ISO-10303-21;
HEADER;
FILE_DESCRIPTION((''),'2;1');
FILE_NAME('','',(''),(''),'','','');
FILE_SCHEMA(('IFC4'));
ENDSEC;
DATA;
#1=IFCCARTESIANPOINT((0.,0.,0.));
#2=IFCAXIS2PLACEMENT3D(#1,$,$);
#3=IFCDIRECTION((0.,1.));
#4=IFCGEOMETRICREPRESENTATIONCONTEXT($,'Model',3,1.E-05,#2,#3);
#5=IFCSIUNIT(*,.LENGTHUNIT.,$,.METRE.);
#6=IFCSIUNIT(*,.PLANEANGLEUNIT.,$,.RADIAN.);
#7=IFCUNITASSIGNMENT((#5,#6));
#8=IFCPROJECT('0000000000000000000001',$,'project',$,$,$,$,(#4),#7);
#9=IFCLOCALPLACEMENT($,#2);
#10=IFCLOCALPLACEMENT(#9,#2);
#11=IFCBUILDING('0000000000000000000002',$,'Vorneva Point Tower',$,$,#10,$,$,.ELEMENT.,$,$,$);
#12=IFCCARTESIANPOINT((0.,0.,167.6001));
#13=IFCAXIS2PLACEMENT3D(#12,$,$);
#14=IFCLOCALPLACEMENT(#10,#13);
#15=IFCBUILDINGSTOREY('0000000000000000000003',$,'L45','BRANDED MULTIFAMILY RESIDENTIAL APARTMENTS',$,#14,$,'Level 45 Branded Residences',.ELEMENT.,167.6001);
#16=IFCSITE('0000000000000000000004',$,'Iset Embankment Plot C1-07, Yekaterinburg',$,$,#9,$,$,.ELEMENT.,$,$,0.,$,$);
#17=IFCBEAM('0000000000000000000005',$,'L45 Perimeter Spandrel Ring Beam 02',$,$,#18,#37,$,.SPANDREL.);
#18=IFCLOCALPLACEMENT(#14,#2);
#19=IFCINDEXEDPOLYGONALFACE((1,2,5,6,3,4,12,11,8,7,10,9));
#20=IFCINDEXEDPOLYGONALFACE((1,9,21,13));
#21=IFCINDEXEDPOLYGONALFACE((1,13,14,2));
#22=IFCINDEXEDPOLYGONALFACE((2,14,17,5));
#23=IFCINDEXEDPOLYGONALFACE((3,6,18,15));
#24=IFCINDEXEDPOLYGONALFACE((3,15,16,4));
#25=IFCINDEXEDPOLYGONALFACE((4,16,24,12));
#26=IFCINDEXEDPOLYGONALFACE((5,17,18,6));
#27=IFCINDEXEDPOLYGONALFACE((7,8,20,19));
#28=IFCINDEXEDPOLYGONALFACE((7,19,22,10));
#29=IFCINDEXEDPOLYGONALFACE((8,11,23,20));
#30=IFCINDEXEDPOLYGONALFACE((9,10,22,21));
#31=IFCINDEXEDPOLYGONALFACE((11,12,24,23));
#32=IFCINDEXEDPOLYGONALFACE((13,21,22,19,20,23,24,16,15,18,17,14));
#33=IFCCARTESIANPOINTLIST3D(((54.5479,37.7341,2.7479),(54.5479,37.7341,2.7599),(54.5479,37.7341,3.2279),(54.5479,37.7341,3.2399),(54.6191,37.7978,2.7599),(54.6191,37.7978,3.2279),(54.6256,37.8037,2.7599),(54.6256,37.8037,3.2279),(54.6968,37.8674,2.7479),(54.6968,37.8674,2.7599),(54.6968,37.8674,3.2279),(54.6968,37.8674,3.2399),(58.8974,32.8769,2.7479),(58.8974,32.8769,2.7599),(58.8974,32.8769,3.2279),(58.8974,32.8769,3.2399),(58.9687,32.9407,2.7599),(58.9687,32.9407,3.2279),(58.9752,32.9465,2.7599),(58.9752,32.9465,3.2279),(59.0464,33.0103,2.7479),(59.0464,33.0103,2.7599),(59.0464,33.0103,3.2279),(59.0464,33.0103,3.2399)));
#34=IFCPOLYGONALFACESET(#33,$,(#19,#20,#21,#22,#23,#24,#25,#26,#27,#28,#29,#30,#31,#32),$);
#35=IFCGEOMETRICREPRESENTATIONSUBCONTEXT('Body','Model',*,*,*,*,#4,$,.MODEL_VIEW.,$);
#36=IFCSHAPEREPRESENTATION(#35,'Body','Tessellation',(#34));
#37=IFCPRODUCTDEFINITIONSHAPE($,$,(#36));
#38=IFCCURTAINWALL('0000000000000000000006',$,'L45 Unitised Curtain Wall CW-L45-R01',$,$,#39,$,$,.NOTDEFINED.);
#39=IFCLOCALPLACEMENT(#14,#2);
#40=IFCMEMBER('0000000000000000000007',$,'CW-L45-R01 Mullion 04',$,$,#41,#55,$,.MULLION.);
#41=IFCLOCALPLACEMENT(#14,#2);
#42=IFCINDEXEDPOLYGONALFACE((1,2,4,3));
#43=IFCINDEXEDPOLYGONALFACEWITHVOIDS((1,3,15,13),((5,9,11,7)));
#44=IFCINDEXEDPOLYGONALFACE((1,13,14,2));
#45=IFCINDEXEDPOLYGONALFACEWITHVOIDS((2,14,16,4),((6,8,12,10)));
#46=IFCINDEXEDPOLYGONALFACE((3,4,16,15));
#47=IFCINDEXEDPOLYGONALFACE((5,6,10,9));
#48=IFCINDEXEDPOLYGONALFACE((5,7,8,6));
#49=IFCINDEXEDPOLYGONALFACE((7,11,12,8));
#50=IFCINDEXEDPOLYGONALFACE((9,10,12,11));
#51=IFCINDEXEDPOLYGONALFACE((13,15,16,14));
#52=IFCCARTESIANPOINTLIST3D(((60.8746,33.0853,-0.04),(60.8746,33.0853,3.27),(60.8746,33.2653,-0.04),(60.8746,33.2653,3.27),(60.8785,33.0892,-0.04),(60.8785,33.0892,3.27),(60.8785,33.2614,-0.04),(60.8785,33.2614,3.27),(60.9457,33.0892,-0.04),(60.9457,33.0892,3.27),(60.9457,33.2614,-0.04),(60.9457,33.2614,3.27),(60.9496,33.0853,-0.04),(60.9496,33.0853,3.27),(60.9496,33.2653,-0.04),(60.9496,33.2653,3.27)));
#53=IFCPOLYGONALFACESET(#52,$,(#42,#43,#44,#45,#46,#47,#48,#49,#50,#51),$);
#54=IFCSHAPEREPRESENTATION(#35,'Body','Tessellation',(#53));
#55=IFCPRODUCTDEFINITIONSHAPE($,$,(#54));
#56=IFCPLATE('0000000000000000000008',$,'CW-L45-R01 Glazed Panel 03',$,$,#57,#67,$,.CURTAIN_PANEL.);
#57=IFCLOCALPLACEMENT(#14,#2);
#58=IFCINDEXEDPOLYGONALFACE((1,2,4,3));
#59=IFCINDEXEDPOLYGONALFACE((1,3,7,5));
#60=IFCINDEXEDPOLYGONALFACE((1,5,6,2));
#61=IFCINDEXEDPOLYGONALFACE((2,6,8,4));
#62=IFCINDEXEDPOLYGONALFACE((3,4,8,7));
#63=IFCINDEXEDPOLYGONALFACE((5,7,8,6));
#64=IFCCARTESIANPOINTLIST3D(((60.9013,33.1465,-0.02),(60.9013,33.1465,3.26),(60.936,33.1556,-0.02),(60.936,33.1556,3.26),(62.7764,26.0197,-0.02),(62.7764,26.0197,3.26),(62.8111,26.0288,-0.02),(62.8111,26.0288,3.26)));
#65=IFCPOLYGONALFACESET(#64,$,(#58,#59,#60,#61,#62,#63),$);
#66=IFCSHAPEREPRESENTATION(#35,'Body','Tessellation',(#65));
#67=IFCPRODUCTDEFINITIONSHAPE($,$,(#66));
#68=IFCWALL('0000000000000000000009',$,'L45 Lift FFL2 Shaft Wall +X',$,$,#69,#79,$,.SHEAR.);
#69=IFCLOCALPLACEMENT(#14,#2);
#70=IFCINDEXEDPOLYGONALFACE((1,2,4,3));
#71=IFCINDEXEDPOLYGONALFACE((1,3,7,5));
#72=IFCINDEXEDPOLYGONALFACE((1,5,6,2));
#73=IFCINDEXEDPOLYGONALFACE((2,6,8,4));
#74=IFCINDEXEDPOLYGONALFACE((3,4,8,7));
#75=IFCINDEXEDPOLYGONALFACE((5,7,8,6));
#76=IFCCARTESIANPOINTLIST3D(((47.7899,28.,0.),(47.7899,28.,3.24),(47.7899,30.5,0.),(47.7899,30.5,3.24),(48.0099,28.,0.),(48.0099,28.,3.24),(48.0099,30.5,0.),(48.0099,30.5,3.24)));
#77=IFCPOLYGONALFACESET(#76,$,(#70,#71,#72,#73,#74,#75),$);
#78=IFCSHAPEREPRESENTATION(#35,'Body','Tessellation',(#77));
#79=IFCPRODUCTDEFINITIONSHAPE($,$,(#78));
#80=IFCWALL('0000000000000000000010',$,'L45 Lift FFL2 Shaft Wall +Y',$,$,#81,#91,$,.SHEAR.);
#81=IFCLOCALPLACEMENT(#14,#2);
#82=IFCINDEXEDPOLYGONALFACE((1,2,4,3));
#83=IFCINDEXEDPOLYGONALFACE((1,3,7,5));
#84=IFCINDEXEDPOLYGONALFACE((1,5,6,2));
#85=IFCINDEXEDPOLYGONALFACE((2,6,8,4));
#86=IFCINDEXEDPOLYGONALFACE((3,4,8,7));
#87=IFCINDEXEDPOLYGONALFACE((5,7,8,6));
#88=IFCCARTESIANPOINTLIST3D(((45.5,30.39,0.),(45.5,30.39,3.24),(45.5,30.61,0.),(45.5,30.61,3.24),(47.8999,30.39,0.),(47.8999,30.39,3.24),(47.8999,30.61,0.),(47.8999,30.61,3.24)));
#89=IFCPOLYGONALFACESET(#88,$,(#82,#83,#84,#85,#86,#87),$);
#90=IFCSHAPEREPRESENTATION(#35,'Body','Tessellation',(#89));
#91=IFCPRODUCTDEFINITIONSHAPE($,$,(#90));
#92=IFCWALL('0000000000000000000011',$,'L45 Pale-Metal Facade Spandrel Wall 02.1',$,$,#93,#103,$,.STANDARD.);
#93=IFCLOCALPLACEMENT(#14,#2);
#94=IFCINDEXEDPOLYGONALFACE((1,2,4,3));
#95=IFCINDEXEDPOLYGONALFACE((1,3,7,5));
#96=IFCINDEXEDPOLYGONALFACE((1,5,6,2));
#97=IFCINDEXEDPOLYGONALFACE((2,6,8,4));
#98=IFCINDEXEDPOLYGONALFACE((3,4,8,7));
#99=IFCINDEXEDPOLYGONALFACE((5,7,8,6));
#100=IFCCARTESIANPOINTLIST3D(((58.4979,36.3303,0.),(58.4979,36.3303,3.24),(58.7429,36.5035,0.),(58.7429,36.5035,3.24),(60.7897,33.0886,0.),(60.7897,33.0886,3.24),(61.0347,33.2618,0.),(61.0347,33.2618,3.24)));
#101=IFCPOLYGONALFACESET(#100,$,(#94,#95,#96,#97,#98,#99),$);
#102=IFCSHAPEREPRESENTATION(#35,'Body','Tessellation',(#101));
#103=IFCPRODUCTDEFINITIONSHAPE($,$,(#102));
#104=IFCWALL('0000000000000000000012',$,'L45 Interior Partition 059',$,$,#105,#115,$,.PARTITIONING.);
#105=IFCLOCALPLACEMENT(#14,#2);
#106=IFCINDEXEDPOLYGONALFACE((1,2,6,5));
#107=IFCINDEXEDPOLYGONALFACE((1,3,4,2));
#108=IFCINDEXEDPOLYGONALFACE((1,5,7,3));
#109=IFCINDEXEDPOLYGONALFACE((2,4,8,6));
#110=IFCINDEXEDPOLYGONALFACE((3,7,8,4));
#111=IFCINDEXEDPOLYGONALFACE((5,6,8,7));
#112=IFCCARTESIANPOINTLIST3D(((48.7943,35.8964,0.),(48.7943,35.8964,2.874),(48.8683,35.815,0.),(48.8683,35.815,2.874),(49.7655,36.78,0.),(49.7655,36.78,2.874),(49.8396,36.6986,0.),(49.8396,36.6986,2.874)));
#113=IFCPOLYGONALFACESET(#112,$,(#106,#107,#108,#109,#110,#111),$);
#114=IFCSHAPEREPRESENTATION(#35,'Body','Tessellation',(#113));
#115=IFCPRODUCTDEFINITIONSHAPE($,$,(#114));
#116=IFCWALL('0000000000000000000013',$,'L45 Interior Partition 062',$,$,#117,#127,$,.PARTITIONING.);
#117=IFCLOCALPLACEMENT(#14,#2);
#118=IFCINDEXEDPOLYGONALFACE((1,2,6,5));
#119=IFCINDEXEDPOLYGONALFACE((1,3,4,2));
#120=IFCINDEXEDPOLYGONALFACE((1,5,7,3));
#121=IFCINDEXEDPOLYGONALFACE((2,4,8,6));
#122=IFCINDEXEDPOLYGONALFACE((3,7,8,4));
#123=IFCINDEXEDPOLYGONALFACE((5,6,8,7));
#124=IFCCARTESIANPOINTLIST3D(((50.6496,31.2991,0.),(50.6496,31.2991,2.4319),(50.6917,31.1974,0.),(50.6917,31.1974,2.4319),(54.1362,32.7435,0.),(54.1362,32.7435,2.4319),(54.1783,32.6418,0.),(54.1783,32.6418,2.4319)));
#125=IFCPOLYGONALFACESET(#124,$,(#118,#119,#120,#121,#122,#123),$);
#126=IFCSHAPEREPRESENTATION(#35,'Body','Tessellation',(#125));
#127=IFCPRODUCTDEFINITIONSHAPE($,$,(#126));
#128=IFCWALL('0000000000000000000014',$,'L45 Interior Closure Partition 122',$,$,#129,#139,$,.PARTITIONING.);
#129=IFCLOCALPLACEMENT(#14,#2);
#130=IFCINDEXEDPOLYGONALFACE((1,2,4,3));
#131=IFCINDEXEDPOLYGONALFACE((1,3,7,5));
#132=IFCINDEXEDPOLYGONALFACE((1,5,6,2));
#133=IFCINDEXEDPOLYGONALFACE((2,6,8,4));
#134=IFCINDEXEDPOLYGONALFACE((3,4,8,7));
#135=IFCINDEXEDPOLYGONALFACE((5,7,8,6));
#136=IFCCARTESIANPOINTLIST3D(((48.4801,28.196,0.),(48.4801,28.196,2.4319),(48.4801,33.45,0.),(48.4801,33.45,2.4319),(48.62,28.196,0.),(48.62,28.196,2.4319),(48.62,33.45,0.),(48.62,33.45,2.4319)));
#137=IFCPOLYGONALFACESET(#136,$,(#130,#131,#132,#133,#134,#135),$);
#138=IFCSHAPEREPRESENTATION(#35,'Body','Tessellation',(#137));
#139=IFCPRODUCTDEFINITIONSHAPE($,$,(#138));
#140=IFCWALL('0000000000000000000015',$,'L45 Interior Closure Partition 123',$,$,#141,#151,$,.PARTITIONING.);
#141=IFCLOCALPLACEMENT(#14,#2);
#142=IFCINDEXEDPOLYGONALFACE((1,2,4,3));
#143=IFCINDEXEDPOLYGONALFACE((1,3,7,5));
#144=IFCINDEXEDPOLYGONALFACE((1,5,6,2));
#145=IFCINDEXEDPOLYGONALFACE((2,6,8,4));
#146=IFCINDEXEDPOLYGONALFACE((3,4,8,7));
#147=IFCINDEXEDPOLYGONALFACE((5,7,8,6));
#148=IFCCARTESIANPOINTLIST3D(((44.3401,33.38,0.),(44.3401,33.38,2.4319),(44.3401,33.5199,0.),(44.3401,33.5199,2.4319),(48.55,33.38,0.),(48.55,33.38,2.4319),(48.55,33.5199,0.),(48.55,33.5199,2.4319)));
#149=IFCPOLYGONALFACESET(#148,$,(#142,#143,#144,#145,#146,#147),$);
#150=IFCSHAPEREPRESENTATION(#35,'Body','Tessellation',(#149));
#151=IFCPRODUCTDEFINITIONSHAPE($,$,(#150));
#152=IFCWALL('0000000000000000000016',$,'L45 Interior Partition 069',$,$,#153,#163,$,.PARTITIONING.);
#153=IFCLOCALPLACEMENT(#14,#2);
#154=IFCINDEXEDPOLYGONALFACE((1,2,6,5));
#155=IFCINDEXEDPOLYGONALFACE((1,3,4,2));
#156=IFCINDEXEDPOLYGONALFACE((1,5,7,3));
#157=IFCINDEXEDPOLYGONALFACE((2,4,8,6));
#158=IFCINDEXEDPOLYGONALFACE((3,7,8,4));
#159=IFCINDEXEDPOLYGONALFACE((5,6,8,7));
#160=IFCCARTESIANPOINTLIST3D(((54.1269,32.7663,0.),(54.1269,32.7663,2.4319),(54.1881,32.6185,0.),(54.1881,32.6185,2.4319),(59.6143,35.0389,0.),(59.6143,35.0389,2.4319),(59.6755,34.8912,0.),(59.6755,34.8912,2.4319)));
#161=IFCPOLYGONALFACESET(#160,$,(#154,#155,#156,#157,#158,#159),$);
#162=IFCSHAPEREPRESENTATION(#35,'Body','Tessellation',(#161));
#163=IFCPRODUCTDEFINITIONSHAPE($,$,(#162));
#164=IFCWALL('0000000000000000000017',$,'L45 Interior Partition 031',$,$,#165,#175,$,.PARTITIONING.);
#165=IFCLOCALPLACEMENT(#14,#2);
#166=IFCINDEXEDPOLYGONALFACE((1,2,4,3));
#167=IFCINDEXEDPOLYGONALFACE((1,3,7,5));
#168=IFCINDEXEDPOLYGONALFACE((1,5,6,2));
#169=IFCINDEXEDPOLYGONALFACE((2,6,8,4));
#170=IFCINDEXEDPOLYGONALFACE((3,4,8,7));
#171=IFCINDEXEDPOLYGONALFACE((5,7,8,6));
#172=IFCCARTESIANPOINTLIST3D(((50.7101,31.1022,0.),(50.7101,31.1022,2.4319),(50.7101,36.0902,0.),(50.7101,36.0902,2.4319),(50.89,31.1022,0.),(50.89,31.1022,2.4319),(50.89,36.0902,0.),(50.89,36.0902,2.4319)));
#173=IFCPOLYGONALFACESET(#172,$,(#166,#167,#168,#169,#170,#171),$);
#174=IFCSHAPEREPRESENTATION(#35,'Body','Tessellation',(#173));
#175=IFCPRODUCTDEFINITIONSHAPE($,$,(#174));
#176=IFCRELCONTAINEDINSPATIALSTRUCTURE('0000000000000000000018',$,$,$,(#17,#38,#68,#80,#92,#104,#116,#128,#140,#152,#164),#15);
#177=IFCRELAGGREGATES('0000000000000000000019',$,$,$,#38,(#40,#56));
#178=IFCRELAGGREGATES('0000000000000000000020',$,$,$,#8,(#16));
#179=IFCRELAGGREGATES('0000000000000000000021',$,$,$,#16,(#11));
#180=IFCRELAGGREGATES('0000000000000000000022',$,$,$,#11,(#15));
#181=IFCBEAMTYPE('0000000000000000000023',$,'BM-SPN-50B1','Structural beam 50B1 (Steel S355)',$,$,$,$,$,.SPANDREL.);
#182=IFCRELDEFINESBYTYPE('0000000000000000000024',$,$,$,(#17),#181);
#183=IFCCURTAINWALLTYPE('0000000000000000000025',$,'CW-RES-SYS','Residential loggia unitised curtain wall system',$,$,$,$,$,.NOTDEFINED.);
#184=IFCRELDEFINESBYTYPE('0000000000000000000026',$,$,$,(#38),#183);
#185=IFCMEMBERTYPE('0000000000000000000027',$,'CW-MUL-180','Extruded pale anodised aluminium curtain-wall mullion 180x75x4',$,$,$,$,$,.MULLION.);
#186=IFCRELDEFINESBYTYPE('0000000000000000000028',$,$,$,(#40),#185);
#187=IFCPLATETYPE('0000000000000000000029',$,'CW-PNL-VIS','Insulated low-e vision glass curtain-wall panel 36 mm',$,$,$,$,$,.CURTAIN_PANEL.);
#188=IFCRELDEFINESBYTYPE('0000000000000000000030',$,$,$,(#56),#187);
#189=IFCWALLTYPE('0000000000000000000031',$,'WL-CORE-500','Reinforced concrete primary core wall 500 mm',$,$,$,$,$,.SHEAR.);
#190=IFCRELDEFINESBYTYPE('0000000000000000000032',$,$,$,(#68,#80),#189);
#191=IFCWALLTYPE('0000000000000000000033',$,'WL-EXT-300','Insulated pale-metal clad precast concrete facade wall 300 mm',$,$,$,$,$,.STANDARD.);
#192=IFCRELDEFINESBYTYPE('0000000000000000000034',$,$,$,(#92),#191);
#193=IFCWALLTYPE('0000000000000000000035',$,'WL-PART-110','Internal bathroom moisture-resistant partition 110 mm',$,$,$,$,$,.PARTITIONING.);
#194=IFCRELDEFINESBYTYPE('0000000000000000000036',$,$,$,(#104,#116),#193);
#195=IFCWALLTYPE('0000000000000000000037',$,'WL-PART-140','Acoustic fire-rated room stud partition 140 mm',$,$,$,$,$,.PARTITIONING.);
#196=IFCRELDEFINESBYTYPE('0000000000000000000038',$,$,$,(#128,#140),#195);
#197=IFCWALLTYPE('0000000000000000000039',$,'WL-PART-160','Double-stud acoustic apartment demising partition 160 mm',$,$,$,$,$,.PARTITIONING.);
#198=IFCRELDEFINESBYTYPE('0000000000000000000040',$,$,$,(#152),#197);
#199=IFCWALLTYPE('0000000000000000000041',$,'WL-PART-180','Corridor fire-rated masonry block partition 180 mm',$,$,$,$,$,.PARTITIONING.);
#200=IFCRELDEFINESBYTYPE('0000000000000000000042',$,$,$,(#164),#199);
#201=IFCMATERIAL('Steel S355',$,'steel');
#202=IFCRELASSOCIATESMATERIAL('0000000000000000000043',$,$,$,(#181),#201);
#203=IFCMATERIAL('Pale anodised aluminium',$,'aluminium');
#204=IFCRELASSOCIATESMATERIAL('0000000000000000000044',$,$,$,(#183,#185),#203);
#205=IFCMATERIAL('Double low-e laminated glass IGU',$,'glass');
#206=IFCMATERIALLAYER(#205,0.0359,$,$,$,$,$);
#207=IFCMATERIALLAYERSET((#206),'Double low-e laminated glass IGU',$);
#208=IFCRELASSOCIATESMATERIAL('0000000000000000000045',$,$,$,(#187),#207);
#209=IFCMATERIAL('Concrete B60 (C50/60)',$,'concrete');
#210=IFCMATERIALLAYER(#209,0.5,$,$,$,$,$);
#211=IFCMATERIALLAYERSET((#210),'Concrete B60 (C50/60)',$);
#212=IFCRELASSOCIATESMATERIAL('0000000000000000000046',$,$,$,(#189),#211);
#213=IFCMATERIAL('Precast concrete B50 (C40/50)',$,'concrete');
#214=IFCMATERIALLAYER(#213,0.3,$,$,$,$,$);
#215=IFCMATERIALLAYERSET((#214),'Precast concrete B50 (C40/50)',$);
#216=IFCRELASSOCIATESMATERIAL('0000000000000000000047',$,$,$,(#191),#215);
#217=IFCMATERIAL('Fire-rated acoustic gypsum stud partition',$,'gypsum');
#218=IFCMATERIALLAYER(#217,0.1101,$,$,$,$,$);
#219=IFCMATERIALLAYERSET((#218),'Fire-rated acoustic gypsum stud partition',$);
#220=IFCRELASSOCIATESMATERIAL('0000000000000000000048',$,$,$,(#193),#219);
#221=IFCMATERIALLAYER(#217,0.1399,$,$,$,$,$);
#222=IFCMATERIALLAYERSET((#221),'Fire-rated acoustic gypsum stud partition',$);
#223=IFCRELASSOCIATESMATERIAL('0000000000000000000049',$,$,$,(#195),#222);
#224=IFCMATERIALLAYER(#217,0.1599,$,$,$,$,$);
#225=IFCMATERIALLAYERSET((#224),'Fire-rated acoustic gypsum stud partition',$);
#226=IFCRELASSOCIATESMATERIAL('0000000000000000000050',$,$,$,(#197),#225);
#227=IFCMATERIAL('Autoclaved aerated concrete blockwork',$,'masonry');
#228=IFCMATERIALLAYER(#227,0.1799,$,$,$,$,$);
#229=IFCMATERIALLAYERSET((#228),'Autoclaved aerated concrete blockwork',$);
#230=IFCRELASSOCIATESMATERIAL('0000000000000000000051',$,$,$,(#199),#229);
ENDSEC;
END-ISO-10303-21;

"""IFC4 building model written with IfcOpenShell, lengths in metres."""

from ifc_helpers import new_model, si_unit, direction, frame, frame_2d, origin, origin_2d, place, context, subcontext, project, spatial, rectangle, hollow_rectangle, i_section, extrude, material, layer, layer_set, material_profile, profile_set, type_object, element, aggregate, save


model = new_model("IFC4")

# Units and contexts
model_context = context("Model", 3, precision=1e-05, world=origin(), true_north=direction((0.0, 1.0)))
body_context = subcontext(model_context, "Body", "Model", "MODEL_VIEW")
ifc_project = project(units=[si_unit("LENGTHUNIT", "METRE"), si_unit("PLANEANGLEUNIT", "RADIAN")], contexts=[model_context])

# Site, building, storey
site_placement = place(None, origin())
site = spatial("IfcSite", under=ifc_project, at=site_placement, Name="Iset Embankment Plot C1-07, Yekaterinburg", CompositionType="ELEMENT", RefElevation=0.0)
building_placement = place(site_placement, origin())
building = spatial("IfcBuilding", under=site, at=building_placement, Name="Vorneva Point Tower", CompositionType="ELEMENT")
storey_placement = place(building_placement, frame((0.0, 0.0, 167.6001)))
storey = spatial("IfcBuildingStorey", under=building, at=storey_placement, Name="L45", Description="BRANDED MULTIFAMILY RESIDENTIAL APARTMENTS", LongName="Level 45 Branded Residences", CompositionType="ELEMENT", Elevation=167.6001)

# Shared definitions
ifc_material_1 = material(Name="Concrete B60 (C50/60)", Category="concrete")

# Beam
ifc_material_2 = material(Name="Steel S355", Category="steel")
ifc_material_profile_1 = material_profile(ifc_material_2, i_section(OverallWidth=0.2, OverallDepth=0.4919, WebThickness=0.0088, FlangeThickness=0.012, at=origin_2d()), Name="50B1")
ifc_profile_set_1 = profile_set([ifc_material_profile_1], Name="Steel S355")
beam_type_1 = type_object("IfcBeamType", Name="BM-SPN-50B1", Description="Structural beam 50B1 (Steel S355)", PredefinedType="SPANDREL", material=ifc_profile_set_1)
beam_1_placement = place(storey_placement, frame((58.9719, 32.9436, 2.9939), z_axis=(-0.667111, 0.744958, 0.0), x_axis=(-0.744958, -0.667111, 0.0)))
element("IfcBeam", 1, at=beam_1_placement, inside=storey, type_object=beam_type_1, Name="L45 Perimeter Spandrel Ring Beam 02", PredefinedType="SPANDREL", context=body_context, shape_type="SweptSolid", body=[
    extrude(i_section(OverallWidth=0.2, OverallDepth=0.4919, WebThickness=0.0088, FlangeThickness=0.012, at=origin_2d()), origin(), (0.0, 0.0, 1.0), 6.52),
])

# Curtain wall, member, plate
ifc_material_3 = material(Name="Pale anodised aluminium", Category="aluminium")
curtain_wall_type = type_object("IfcCurtainWallType", Name="CW-RES-SYS", Description="Residential loggia unitised curtain wall system", PredefinedType="NOTDEFINED", material=ifc_material_3)
curtain_wall_placement = place(storey_placement, origin())
curtain_wall = element("IfcCurtainWall", 2, at=curtain_wall_placement, inside=storey, type_object=curtain_wall_type, Name="L45 Unitised Curtain Wall CW-L45-R01", PredefinedType="NOTDEFINED")
ifc_material_profile_2 = material_profile(ifc_material_3, hollow_rectangle(XDim=0.075, YDim=0.1799, WallThickness=0.0039, at=origin_2d()), Name="AL-MUL 180x75x4")
ifc_profile_set_2 = profile_set([ifc_material_profile_2], Name="Pale anodised aluminium")
member_type = type_object("IfcMemberType", Name="CW-MUL-180", Description="Extruded pale anodised aluminium curtain-wall mullion 180x75x4", PredefinedType="MULLION", material=ifc_profile_set_2)
member_placement = place(storey_placement, frame((60.9121, 33.1753, -0.04), z_axis=(0.0, 0.0, 1.0), x_axis=(1.0, 0.0, 0.0)))
member = element("IfcMember", 3, at=member_placement, type_object=member_type, Name="CW-L45-R01 Mullion 04", PredefinedType="MULLION", context=body_context, shape_type="SweptSolid", body=[
    extrude(hollow_rectangle(XDim=0.075, YDim=0.1799, WallThickness=0.0039, at=origin_2d()), origin(), (0.0, 0.0, 1.0), 3.3101),
])
ifc_material_4 = material(Name="Double low-e laminated glass IGU", Category="glass")
ifc_layer_1 = layer(ifc_material_4, 0.0359)
ifc_layer_set_1 = layer_set([ifc_layer_1], Name="Double low-e laminated glass IGU")
plate_type = type_object("IfcPlateType", Name="CW-PNL-VIS", Description="Insulated low-e vision glass curtain-wall panel 36 mm", PredefinedType="CURTAIN_PANEL", material=ifc_layer_set_1)
plate_placement = place(storey_placement, frame((61.8562, 29.5876, -0.02), z_axis=(0.0, 0.0, 1.0), x_axis=(-0.254433, 0.96709, 0.0)))
plate = element("IfcPlate", 4, at=plate_placement, type_object=plate_type, Name="CW-L45-R01 Glazed Panel 03", PredefinedType="CURTAIN_PANEL", context=body_context, shape_type="SweptSolid", body=[
    extrude(rectangle(XDim=7.3694, YDim=0.0359, at=origin_2d()), origin(), (0.0, 0.0, 1.0), 3.28),
])
aggregate(curtain_wall, [member, plate])

# Walls
ifc_layer_2 = layer(ifc_material_1, 0.5)
ifc_layer_set_2 = layer_set([ifc_layer_2], Name="Concrete B60 (C50/60)")
wall_type_1 = type_object("IfcWallType", Name="WL-CORE-500", Description="Reinforced concrete primary core wall 500 mm", PredefinedType="SHEAR", material=ifc_layer_set_2)
wall_1_placement = place(storey_placement, frame((47.8999, 28.0, 0.0), z_axis=(0.0, 0.0, 1.0), x_axis=(0.0, 1.0, 0.0)))
element("IfcWall", 5, at=wall_1_placement, inside=storey, type_object=wall_type_1, Name="L45 Lift FFL2 Shaft Wall +X", PredefinedType="SHEAR", context=body_context, shape_type="SweptSolid", body=[
    extrude(rectangle(XDim=2.5, YDim=0.22, at=frame_2d((1.25, 0.0))), origin(), (0.0, 0.0, 1.0), 3.24),
])
wall_2_placement = place(storey_placement, frame((47.8999, 30.5, 0.0), z_axis=(0.0, 0.0, 1.0), x_axis=(-1.0, 0.0, 0.0)))
element("IfcWall", 6, at=wall_2_placement, inside=storey, type_object=wall_type_1, Name="L45 Lift FFL2 Shaft Wall +Y", PredefinedType="SHEAR", context=body_context, shape_type="SweptSolid", body=[
    extrude(rectangle(XDim=2.3999, YDim=0.22, at=frame_2d((1.2, 0.0))), origin(), (0.0, 0.0, 1.0), 3.24),
])
ifc_material_5 = material(Name="Precast concrete B50 (C40/50)", Category="concrete")
ifc_layer_3 = layer(ifc_material_5, 0.3)
ifc_layer_set_3 = layer_set([ifc_layer_3], Name="Precast concrete B50 (C40/50)")
wall_type_2 = type_object("IfcWallType", Name="WL-EXT-300", Description="Insulated pale-metal clad precast concrete facade wall 300 mm", PredefinedType="STANDARD", material=ifc_layer_set_3)
wall_3_placement = place(storey_placement, frame((60.9121, 33.1753, 0.0), z_axis=(0.0, 0.0, 1.0), x_axis=(-0.57727, 0.816554, 0.0)))
element("IfcWall", 7, at=wall_3_placement, inside=storey, type_object=wall_type_2, Name="L45 Pale-Metal Facade Spandrel Wall 02.1", PredefinedType="STANDARD", context=body_context, shape_type="SweptSolid", body=[
    extrude(rectangle(XDim=3.97, YDim=0.3, at=frame_2d((1.9849, 0.0))), origin(), (0.0, 0.0, 1.0), 3.24),
])
ifc_material_6 = material(Name="Fire-rated acoustic gypsum stud partition", Category="gypsum")
ifc_layer_4 = layer(ifc_material_6, 0.1101)
ifc_layer_set_4 = layer_set([ifc_layer_4], Name="Fire-rated acoustic gypsum stud partition")
wall_type_3 = type_object("IfcWallType", Name="WL-PART-110", Description="Internal bathroom moisture-resistant partition 110 mm", PredefinedType="PARTITIONING", material=ifc_layer_set_4)
wall_4_placement = place(storey_placement, frame((48.8313, 35.8557, 0.0), z_axis=(0.0, 0.0, 1.0), x_axis=(0.739696, 0.672941, 0.0)))
element("IfcWall", 8, at=wall_4_placement, inside=storey, type_object=wall_type_3, Name="L45 Interior Partition 059", PredefinedType="PARTITIONING", context=body_context, shape_type="SweptSolid", body=[
    extrude(rectangle(XDim=1.313, YDim=0.1101, at=frame_2d((0.6565, 0.0))), origin(), (0.0, 0.0, 1.0), 2.874),
])
wall_5_placement = place(storey_placement, frame((54.1572, 32.6926, 0.0), z_axis=(0.0, 0.0, 1.0), x_axis=(-0.923865, -0.382717, 0.0)))
element("IfcWall", 9, at=wall_5_placement, inside=storey, type_object=wall_type_3, Name="L45 Interior Partition 062", PredefinedType="PARTITIONING", context=body_context, shape_type="SweptSolid", body=[
    extrude(rectangle(XDim=3.7739, YDim=0.1101, at=frame_2d((1.887, 0.0))), origin(), (0.0, 0.0, 1.0), 2.4319),
])
ifc_layer_5 = layer(ifc_material_6, 0.1399)
ifc_layer_set_5 = layer_set([ifc_layer_5], Name="Fire-rated acoustic gypsum stud partition")
wall_type_4 = type_object("IfcWallType", Name="WL-PART-140", Description="Acoustic fire-rated room stud partition 140 mm", PredefinedType="PARTITIONING", material=ifc_layer_set_5)
wall_6_placement = place(storey_placement, frame((48.55, 28.196, 0.0), z_axis=(0.0, 0.0, 1.0), x_axis=(0.0, 1.0, 0.0)))
element("IfcWall", 10, at=wall_6_placement, inside=storey, type_object=wall_type_4, Name="L45 Interior Closure Partition 122", PredefinedType="PARTITIONING", context=body_context, shape_type="SweptSolid", body=[
    extrude(rectangle(XDim=5.2539, YDim=0.1399, at=frame_2d((2.627, 0.0))), origin(), (0.0, 0.0, 1.0), 2.4319),
])
wall_7_placement = place(storey_placement, frame((48.55, 33.45, 0.0), z_axis=(0.0, 0.0, 1.0), x_axis=(-1.0, 0.0, 0.0)))
element("IfcWall", 11, at=wall_7_placement, inside=storey, type_object=wall_type_4, Name="L45 Interior Closure Partition 123", PredefinedType="PARTITIONING", context=body_context, shape_type="SweptSolid", body=[
    extrude(rectangle(XDim=4.21, YDim=0.1399, at=frame_2d((2.105, 0.0))), origin(), (0.0, 0.0, 1.0), 2.4319),
])
ifc_layer_6 = layer(ifc_material_6, 0.1599)
ifc_layer_set_6 = layer_set([ifc_layer_6], Name="Fire-rated acoustic gypsum stud partition")
wall_type_5 = type_object("IfcWallType", Name="WL-PART-160", Description="Double-stud acoustic apartment demising partition 160 mm", PredefinedType="PARTITIONING", material=ifc_layer_set_6)
wall_8_placement = place(storey_placement, frame((54.1575, 32.6924, 0.0), z_axis=(0.0, 0.0, 1.0), x_axis=(0.923898, 0.382639, 0.0)))
element("IfcWall", 12, at=wall_8_placement, inside=storey, type_object=wall_type_5, Name="L45 Interior Partition 069", PredefinedType="PARTITIONING", context=body_context, shape_type="SweptSolid", body=[
    extrude(rectangle(XDim=5.9395, YDim=0.1599, at=frame_2d((2.9697, 0.0))), origin(), (0.0, 0.0, 1.0), 2.4319),
])

# Shared definitions
ifc_material_7 = material(Name="Autoclaved aerated concrete blockwork", Category="masonry")
ifc_layer_7 = layer(ifc_material_7, 0.1799)
ifc_layer_set_7 = layer_set([ifc_layer_7], Name="Autoclaved aerated concrete blockwork")
wall_type_6 = type_object("IfcWallType", Name="WL-PART-180", Description="Corridor fire-rated masonry block partition 180 mm", PredefinedType="PARTITIONING", material=ifc_layer_set_7)

# Wall
wall_9_placement = place(storey_placement, frame((50.8, 31.1021, 0.0), z_axis=(0.0, 0.0, 1.0), x_axis=(0.0, 1.0, 0.0)))
element("IfcWall", 13, at=wall_9_placement, inside=storey, type_object=wall_type_6, Name="L45 Interior Partition 031", PredefinedType="PARTITIONING", context=body_context, shape_type="SweptSolid", body=[
    extrude(rectangle(XDim=4.988, YDim=0.1799, at=frame_2d((2.4941, 0.0))), origin(), (0.0, 0.0, 1.0), 2.4319),
])

save(model, "model.ifc")
